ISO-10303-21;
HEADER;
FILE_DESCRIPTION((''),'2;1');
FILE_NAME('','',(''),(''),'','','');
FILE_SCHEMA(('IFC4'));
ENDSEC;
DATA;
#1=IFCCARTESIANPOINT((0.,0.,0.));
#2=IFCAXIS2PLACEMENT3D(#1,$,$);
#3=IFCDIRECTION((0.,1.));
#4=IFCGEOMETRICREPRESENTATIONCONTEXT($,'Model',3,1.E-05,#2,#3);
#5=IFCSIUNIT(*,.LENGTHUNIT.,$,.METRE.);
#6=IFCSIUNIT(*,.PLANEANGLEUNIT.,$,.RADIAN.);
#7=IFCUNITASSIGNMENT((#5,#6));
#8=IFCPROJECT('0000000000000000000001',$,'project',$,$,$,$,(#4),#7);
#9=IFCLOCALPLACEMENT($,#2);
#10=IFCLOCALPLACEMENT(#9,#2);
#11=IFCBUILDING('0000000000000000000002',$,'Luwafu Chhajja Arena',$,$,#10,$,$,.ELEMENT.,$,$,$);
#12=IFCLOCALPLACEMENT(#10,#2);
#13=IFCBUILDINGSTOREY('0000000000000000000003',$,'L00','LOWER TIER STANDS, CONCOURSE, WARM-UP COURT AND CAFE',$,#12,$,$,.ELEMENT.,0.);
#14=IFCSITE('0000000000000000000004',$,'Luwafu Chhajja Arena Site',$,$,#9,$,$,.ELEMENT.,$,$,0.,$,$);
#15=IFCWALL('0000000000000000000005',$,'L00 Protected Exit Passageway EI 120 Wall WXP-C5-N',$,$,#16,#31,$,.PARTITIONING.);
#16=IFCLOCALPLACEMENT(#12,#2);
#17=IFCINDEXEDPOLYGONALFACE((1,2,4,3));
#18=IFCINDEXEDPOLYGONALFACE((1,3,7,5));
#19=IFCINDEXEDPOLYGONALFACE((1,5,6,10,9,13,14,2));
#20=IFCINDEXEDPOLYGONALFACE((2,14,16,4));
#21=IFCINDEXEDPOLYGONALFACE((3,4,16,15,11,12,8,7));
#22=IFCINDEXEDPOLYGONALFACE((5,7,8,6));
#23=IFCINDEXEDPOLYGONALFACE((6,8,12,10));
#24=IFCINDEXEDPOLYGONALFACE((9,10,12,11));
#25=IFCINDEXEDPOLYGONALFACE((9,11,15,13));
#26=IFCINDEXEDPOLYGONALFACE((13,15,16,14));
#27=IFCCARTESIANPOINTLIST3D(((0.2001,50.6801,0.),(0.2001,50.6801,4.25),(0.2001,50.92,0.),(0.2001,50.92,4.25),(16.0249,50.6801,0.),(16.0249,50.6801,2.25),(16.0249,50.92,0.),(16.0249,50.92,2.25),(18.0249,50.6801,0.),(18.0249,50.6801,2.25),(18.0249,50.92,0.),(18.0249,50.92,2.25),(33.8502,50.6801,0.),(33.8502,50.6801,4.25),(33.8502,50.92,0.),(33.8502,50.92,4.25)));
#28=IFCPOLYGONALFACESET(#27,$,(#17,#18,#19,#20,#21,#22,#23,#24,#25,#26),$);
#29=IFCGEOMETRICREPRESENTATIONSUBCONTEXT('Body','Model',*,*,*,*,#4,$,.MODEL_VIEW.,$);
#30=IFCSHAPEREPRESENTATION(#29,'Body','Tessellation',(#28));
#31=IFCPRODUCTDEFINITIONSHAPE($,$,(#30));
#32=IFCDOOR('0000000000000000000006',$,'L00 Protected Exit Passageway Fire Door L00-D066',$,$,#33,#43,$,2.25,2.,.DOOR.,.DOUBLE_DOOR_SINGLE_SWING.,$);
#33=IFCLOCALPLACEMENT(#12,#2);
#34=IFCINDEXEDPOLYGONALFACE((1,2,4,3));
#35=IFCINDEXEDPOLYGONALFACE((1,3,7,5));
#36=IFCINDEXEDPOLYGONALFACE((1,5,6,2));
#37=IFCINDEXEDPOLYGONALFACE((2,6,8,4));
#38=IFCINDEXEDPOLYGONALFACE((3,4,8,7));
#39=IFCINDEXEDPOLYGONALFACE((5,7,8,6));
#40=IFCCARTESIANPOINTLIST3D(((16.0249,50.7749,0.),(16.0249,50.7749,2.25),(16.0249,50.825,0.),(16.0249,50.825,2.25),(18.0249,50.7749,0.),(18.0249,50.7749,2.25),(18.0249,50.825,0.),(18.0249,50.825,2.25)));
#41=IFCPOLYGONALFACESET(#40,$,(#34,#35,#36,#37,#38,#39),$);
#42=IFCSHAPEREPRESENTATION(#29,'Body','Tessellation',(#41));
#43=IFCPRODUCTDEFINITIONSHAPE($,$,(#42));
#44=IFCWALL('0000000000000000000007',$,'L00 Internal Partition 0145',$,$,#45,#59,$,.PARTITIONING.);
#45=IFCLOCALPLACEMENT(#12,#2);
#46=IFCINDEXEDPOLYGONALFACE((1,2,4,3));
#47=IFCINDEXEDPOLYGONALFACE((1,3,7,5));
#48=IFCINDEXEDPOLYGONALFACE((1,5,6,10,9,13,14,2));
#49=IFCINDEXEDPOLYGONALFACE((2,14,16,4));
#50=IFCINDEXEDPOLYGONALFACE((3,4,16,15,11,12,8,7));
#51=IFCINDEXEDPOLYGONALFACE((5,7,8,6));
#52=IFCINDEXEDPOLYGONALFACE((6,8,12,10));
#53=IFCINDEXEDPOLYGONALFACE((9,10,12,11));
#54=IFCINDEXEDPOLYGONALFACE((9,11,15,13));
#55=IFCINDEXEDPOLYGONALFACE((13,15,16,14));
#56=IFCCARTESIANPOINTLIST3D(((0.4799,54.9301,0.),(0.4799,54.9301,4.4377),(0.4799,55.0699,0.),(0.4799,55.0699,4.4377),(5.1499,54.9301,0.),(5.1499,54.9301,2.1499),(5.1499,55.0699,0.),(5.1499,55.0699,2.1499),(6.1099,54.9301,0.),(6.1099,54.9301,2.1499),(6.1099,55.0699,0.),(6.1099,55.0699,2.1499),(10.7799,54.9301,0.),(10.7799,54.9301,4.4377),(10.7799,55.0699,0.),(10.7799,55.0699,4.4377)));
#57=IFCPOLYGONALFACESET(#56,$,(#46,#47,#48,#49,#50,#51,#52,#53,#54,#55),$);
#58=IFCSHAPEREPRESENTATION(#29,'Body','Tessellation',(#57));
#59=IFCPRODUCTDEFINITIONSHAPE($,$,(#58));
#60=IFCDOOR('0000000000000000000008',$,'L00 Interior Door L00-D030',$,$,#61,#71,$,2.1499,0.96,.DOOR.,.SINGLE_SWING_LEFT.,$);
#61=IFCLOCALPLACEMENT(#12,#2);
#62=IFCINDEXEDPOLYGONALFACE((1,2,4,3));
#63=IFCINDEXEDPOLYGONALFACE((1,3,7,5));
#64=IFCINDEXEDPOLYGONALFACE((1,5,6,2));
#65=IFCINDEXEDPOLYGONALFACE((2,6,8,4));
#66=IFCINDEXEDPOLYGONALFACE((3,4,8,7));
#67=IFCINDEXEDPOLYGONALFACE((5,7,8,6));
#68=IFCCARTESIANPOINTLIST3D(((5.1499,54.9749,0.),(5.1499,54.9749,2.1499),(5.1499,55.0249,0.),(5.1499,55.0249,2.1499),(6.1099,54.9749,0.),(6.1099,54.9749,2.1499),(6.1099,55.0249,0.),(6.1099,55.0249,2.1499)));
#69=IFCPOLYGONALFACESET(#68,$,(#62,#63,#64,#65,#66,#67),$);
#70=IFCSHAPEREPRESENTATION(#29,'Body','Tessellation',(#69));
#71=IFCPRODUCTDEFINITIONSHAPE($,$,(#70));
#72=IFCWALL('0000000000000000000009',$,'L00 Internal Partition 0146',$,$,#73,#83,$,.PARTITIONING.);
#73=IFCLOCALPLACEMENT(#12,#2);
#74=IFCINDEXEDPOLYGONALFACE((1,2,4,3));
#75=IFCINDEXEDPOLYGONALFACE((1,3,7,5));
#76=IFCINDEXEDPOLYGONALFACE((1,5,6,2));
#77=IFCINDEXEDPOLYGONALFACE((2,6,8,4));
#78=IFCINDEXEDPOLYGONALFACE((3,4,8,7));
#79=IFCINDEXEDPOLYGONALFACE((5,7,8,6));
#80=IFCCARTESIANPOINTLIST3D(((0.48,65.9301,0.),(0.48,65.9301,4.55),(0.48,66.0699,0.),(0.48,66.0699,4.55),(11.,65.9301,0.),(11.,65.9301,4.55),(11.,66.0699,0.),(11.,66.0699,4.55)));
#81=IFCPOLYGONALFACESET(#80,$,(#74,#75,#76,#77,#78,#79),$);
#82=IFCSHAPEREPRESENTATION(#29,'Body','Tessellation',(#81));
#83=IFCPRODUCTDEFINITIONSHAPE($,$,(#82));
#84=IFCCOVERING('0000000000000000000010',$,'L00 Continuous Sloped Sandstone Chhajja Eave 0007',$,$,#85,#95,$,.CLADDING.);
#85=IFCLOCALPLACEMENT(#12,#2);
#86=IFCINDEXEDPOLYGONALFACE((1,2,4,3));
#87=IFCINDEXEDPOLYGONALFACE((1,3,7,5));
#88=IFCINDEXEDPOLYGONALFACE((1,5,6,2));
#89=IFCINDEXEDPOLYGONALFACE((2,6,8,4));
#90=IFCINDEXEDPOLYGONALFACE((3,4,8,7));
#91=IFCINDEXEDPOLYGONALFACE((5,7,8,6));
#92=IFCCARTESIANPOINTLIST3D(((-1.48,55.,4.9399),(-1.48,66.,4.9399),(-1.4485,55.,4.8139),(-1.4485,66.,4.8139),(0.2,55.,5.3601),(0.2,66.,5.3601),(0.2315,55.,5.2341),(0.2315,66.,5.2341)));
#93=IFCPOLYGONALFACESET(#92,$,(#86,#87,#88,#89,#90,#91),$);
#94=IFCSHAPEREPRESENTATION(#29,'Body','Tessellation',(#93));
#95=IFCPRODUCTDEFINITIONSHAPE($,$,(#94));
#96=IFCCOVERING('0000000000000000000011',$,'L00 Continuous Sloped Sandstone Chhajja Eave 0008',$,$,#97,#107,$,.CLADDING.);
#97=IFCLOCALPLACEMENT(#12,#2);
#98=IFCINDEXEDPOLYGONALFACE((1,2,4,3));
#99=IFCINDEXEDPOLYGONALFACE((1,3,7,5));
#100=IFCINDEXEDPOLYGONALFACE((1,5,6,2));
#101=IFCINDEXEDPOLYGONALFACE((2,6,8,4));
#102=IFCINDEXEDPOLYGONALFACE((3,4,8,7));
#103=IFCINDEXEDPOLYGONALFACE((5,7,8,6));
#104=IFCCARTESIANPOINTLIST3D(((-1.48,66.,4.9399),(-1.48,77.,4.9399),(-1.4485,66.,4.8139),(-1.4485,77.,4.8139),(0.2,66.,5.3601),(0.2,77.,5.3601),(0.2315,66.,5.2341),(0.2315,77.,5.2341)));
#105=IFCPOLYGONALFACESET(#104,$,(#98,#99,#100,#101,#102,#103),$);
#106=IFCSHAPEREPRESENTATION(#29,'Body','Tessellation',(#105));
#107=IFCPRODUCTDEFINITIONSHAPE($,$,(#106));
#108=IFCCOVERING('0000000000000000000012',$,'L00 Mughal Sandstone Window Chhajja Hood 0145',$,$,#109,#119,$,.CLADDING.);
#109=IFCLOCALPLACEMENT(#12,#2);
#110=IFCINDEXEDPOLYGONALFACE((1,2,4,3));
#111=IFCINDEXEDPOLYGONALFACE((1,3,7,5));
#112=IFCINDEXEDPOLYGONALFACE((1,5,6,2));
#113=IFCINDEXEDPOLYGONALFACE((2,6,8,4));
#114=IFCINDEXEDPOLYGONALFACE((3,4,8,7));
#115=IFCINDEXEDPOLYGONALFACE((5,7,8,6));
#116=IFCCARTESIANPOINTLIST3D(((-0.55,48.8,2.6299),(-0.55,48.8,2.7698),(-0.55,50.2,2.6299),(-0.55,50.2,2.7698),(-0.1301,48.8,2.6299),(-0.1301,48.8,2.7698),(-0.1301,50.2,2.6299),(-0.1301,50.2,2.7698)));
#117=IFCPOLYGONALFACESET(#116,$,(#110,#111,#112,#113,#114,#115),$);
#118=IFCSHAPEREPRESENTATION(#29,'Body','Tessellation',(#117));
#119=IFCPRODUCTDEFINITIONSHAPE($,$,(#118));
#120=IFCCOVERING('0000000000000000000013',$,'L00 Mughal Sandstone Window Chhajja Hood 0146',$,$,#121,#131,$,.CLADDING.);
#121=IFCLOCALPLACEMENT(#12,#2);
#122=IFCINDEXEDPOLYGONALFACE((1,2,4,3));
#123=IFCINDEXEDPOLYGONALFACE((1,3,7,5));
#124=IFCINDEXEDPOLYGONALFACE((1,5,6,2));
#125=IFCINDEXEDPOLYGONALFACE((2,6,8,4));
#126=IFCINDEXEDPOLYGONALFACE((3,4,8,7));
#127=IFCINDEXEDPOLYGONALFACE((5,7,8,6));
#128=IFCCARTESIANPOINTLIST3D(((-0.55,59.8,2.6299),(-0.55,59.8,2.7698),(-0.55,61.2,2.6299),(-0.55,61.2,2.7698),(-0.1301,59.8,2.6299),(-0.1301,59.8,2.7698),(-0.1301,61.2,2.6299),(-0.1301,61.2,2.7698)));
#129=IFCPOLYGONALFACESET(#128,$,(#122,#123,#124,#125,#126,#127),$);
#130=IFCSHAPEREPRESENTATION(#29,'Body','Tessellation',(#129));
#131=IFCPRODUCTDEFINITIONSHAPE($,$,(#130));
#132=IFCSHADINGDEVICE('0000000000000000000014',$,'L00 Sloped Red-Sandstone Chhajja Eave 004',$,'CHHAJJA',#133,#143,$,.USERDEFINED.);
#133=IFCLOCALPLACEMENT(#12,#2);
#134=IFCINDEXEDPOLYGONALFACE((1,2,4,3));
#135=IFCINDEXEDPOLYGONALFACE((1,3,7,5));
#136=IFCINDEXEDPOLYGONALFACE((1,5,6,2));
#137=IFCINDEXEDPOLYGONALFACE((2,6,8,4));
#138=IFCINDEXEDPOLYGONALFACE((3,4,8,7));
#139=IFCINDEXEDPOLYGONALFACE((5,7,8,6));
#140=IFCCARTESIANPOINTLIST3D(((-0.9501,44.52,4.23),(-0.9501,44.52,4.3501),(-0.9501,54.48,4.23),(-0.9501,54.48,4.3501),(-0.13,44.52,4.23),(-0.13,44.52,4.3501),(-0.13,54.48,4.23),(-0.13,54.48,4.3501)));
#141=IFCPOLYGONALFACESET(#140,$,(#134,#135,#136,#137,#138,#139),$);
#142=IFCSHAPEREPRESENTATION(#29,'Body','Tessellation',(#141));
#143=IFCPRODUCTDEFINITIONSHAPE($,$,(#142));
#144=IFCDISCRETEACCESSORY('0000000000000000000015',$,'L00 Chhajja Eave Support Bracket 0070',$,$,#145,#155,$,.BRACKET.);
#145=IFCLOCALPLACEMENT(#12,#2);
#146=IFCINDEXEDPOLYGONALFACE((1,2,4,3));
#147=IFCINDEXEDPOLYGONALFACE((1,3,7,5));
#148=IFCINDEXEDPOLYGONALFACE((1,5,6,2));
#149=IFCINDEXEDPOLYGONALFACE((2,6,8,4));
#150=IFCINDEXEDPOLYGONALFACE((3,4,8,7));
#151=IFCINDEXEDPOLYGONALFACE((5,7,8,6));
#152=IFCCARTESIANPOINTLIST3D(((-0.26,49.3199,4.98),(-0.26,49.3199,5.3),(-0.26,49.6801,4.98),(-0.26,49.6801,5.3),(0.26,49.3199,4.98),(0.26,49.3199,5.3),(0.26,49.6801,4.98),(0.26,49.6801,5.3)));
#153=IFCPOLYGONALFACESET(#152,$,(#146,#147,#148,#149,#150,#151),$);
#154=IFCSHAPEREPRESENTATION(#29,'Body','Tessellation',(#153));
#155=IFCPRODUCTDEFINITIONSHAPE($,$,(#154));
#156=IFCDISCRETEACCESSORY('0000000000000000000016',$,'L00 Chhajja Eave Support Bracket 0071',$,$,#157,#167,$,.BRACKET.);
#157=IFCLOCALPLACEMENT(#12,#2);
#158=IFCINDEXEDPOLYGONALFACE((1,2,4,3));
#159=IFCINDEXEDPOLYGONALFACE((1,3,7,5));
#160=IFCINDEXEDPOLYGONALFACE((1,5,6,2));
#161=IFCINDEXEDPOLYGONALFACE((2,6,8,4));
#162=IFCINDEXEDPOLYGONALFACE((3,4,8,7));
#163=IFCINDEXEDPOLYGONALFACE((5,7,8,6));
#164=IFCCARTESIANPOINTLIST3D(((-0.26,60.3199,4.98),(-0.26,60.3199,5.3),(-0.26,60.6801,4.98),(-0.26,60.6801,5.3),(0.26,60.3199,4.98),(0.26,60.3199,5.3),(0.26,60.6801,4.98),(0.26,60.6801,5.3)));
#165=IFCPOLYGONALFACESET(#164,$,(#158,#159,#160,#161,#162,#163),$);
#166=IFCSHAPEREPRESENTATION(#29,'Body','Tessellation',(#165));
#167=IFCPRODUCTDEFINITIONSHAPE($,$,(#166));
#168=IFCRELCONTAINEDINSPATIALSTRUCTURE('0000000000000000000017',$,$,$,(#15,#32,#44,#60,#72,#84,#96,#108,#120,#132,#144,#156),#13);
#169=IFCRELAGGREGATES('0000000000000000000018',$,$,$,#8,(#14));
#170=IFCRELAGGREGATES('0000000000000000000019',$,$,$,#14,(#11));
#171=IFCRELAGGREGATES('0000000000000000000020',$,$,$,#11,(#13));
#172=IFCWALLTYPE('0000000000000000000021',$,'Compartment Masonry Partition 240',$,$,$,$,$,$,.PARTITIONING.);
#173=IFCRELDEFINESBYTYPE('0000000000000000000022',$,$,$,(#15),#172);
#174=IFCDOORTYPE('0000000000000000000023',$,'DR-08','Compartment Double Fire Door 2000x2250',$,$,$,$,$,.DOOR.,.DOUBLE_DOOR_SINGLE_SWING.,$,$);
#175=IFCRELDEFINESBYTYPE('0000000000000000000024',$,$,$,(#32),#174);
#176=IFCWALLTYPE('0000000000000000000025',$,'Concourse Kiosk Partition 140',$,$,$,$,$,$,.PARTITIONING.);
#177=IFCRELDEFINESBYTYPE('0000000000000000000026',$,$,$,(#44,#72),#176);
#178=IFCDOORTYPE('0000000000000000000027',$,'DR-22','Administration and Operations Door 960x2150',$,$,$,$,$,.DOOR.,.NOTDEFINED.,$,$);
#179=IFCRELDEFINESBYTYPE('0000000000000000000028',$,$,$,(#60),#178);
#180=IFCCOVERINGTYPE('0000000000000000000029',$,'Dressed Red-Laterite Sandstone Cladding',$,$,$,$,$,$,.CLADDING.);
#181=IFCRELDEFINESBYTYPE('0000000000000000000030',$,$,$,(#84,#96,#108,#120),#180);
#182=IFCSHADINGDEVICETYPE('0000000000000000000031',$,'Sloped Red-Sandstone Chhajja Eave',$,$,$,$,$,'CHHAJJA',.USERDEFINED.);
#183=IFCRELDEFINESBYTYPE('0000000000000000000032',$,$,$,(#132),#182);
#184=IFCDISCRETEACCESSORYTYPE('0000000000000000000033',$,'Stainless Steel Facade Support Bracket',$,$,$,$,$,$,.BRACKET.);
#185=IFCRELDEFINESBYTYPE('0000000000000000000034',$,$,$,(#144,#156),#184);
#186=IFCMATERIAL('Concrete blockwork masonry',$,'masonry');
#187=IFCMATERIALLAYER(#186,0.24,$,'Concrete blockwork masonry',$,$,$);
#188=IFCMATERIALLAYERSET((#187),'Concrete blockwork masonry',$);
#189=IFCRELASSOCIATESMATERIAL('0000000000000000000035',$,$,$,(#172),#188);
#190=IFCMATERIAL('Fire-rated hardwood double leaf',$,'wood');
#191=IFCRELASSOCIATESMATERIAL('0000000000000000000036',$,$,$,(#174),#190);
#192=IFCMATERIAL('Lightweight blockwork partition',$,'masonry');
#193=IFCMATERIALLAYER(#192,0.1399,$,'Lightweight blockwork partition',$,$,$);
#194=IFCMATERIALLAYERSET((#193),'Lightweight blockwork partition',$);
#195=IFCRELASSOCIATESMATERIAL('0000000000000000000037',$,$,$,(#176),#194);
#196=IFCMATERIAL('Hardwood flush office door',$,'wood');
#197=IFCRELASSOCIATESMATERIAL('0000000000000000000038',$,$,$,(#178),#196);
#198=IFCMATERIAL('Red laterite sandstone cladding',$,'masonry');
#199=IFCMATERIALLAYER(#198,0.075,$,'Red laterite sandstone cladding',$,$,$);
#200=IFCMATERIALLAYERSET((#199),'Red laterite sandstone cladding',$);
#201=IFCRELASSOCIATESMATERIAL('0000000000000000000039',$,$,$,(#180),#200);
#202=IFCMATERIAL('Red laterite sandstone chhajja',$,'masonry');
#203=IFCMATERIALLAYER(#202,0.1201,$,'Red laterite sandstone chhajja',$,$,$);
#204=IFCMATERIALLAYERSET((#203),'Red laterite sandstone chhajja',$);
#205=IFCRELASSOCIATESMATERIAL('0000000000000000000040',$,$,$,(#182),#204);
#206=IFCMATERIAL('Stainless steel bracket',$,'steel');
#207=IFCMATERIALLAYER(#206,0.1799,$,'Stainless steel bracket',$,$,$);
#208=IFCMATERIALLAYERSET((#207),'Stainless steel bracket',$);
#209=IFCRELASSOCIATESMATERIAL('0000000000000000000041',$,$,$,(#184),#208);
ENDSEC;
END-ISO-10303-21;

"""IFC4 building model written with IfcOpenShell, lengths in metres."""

from ifc_helpers import new_model, si_unit, direction, frame, frame_2d, origin, origin_2d, place, context, subcontext, project, spatial, polyline, rectangle, outline, extrude, material, layer, layer_set, type_object, element, fill, save


model = new_model("IFC4")

# Units and contexts
model_context = context("Model", 3, precision=1e-05, world=origin(), true_north=direction((0.0, 1.0)))
body_context = subcontext(model_context, "Body", "Model", "MODEL_VIEW")
ifc_project = project(units=[si_unit("LENGTHUNIT", "METRE"), si_unit("PLANEANGLEUNIT", "RADIAN")], contexts=[model_context])

# Site, building, storey
site_placement = place(None, origin())
site = spatial("IfcSite", under=ifc_project, at=site_placement, Name="Luwafu Chhajja Arena Site", CompositionType="ELEMENT", RefElevation=0.0)
building_placement = place(site_placement, origin())
building = spatial("IfcBuilding", under=site, at=building_placement, Name="Luwafu Chhajja Arena", CompositionType="ELEMENT")
storey_placement = place(building_placement, origin())
storey = spatial("IfcBuildingStorey", under=building, at=storey_placement, Name="L00", Description="LOWER TIER STANDS, CONCOURSE, WARM-UP COURT AND CAFE", CompositionType="ELEMENT", Elevation=0.0)

# Shared definitions
ifc_material_1 = material(Name="Concrete blockwork masonry", Category="masonry")
ifc_layer_1 = layer(ifc_material_1, 0.24, Name="Concrete blockwork masonry")
ifc_layer_set_1 = layer_set([ifc_layer_1], Name="Concrete blockwork masonry")
wall_type_1 = type_object("IfcWallType", Name="Compartment Masonry Partition 240", PredefinedType="PARTITIONING", material=ifc_layer_set_1)

# Walls, openings, doors
wall_1_placement = place(storey_placement, frame((0.2, 50.8, 0.0), z_axis=(0.0, 0.0, 1.0), x_axis=(1.0, 0.0, 0.0)))
wall_1 = element("IfcWall", 1, at=wall_1_placement, inside=storey, type_object=wall_type_1, Name="L00 Protected Exit Passageway EI 120 Wall WXP-C5-N", PredefinedType="PARTITIONING", context=body_context, shape_type="SweptSolid", body=[
    extrude(rectangle(XDim=33.6501, YDim=0.24, at=frame_2d((16.8252, 0.0))), origin(), (0.0, 0.0, 1.0), 4.25),
])
opening_1_placement = place(wall_1_placement, frame((15.825, 0.0, 0.0)))
opening_1 = element("IfcOpeningElement", 2, at=opening_1_placement, cuts=wall_1, PredefinedType="OPENING", context=body_context, shape_type="SweptSolid", body=[
    extrude(rectangle(XDim=2.0, YDim=2.25, at=frame_2d((1.0, 1.125))), frame((0.0, 0.1299, 0.0), z_axis=(0.0, -1.0, 0.0), x_axis=(1.0, 0.0, 0.0)), (0.0, 0.0, 1.0), 0.26),
])
ifc_material_2 = material(Name="Fire-rated hardwood double leaf", Category="wood")
door_type_1 = type_object("IfcDoorType", Name="DR-08", Description="Compartment Double Fire Door 2000x2250", OperationType="DOUBLE_DOOR_SINGLE_SWING", PredefinedType="DOOR", material=ifc_material_2)
door_1_placement = place(opening_1_placement, origin())
door_1 = element("IfcDoor", 3, at=door_1_placement, inside=storey, type_object=door_type_1, Name="L00 Protected Exit Passageway Fire Door L00-D066", OperationType="DOUBLE_DOOR_SINGLE_SWING", OverallHeight=2.25, OverallWidth=2.0, PredefinedType="DOOR", context=body_context, shape_type="SweptSolid", body=[
    extrude(rectangle(XDim=2.0, YDim=2.25, at=frame_2d((1.0, 1.125))), frame((0.0, 0.0249, 0.0), z_axis=(0.0, -1.0, 0.0), x_axis=(1.0, 0.0, 0.0)), (0.0, 0.0, 1.0), 0.05),
])
fill(opening_1, door_1)
ifc_material_3 = material(Name="Lightweight blockwork partition", Category="masonry")
ifc_layer_2 = layer(ifc_material_3, 0.1399, Name="Lightweight blockwork partition")
ifc_layer_set_2 = layer_set([ifc_layer_2], Name="Lightweight blockwork partition")
wall_type_2 = type_object("IfcWallType", Name="Concourse Kiosk Partition 140", PredefinedType="PARTITIONING", material=ifc_layer_set_2)
wall_2_placement = place(storey_placement, frame((0.48, 55.0, 0.0), z_axis=(0.0, 0.0, 1.0), x_axis=(1.0, 0.0, 0.0)))
wall_2 = element("IfcWall", 4, at=wall_2_placement, inside=storey, type_object=wall_type_2, Name="L00 Internal Partition 0145", PredefinedType="PARTITIONING", context=body_context, shape_type="SweptSolid", body=[
    extrude(rectangle(XDim=10.3, YDim=0.1399, at=frame_2d((5.1499, 0.0))), origin(), (0.0, 0.0, 1.0), 4.4377),
])
opening_2_placement = place(wall_2_placement, frame((4.6699, 0.0, 0.0)))
opening_2 = element("IfcOpeningElement", 5, at=opening_2_placement, cuts=wall_2, PredefinedType="OPENING", context=body_context, shape_type="SweptSolid", body=[
    extrude(rectangle(XDim=0.96, YDim=2.1499, at=frame_2d((0.48, 1.075))), frame((0.0, 0.0798, 0.0), z_axis=(0.0, -1.0, 0.0), x_axis=(1.0, 0.0, 0.0)), (0.0, 0.0, 1.0), 0.1599),
])
ifc_material_4 = material(Name="Hardwood flush office door", Category="wood")
door_type_2 = type_object("IfcDoorType", Name="DR-22", Description="Administration and Operations Door 960x2150", OperationType="NOTDEFINED", PredefinedType="DOOR", material=ifc_material_4)
door_2_placement = place(opening_2_placement, origin())
door_2 = element("IfcDoor", 6, at=door_2_placement, inside=storey, type_object=door_type_2, Name="L00 Interior Door L00-D030", OperationType="SINGLE_SWING_LEFT", OverallHeight=2.1499, OverallWidth=0.96, PredefinedType="DOOR", context=body_context, shape_type="SweptSolid", body=[
    extrude(rectangle(XDim=0.96, YDim=2.1499, at=frame_2d((0.48, 1.075))), frame((0.0, 0.0249, 0.0), z_axis=(0.0, -1.0, 0.0), x_axis=(1.0, 0.0, 0.0)), (0.0, 0.0, 1.0), 0.05),
])
fill(opening_2, door_2)

# Wall
wall_3_placement = place(storey_placement, frame((0.48, 66.0, 0.0), z_axis=(0.0, 0.0, 1.0), x_axis=(1.0, 0.0, 0.0)))
element("IfcWall", 7, at=wall_3_placement, inside=storey, type_object=wall_type_2, Name="L00 Internal Partition 0146", PredefinedType="PARTITIONING", context=body_context, shape_type="SweptSolid", body=[
    extrude(rectangle(XDim=10.52, YDim=0.1399, at=frame_2d((5.26, 0.0))), origin(), (0.0, 0.0, 1.0), 4.55),
])

# Coverings
ifc_material_5 = material(Name="Red laterite sandstone cladding", Category="masonry")
ifc_layer_3 = layer(ifc_material_5, 0.075, Name="Red laterite sandstone cladding")
ifc_layer_set_3 = layer_set([ifc_layer_3], Name="Red laterite sandstone cladding")
covering_type = type_object("IfcCoveringType", Name="Dressed Red-Laterite Sandstone Cladding", PredefinedType="CLADDING", material=ifc_layer_set_3)
for number, where, z_axis, x_axis, name in (
    (8, (0.2, 55.0, 5.3601), (-0.242635, 0.0, 0.970118), (0.0, 1.0, 0.0), "L00 Continuous Sloped Sandstone Chhajja Eave 0007"),
    (9, (0.2, 66.0, 5.3601), (-0.242635, 0.0, 0.970118), (0.0, 1.0, 0.0), "L00 Continuous Sloped Sandstone Chhajja Eave 0008"),
):
    element("IfcCovering", number, at=place(storey_placement, frame(where, z_axis=z_axis, x_axis=x_axis)), inside=storey, type_object=covering_type, Name=name, PredefinedType="CLADDING", context=body_context, shape_type="SweptSolid", body=[
        extrude(outline(polyline([(0.0, 0.0), (11.0, 0.0), (11.0, 1.7317), (0.0, 1.7317), (0.0, 0.0)])), origin(), (0.0, 0.0, -1.0), 0.1299),
    ])
for number, where, z_axis, x_axis, name in (
    (10, (-0.3401, 49.5, 2.6299), (0.0, 0.0, 1.0), (0.0, 1.0, 0.0), "L00 Mughal Sandstone Window Chhajja Hood 0145"),
    (11, (-0.3401, 60.5, 2.6299), (0.0, 0.0, 1.0), (0.0, 1.0, 0.0), "L00 Mughal Sandstone Window Chhajja Hood 0146"),
):
    element("IfcCovering", number, at=place(storey_placement, frame(where, z_axis=z_axis, x_axis=x_axis)), inside=storey, type_object=covering_type, Name=name, PredefinedType="CLADDING", context=body_context, shape_type="SweptSolid", body=[
        extrude(rectangle(XDim=1.3999, YDim=0.4199, at=origin_2d()), origin(), (0.0, 0.0, 1.0), 0.1399),
    ])

# Shading device
ifc_material_6 = material(Name="Red laterite sandstone chhajja", Category="masonry")
ifc_layer_4 = layer(ifc_material_6, 0.1201, Name="Red laterite sandstone chhajja")
ifc_layer_set_4 = layer_set([ifc_layer_4], Name="Red laterite sandstone chhajja")
shading_device_type = type_object("IfcShadingDeviceType", Name="Sloped Red-Sandstone Chhajja Eave", ElementType="CHHAJJA", PredefinedType="USERDEFINED", material=ifc_layer_set_4)
shading_device_placement = place(storey_placement, frame((-0.54, 49.5, 4.23), z_axis=(0.0, 0.0, 1.0), x_axis=(0.0, 1.0, 0.0)))
element("IfcShadingDevice", 12, at=shading_device_placement, inside=storey, type_object=shading_device_type, Name="L00 Sloped Red-Sandstone Chhajja Eave 004", ObjectType="CHHAJJA", PredefinedType="USERDEFINED", context=body_context, shape_type="SweptSolid", body=[
    extrude(rectangle(XDim=9.96, YDim=0.8201, at=origin_2d()), origin(), (0.0, 0.0, 1.0), 0.1201),
])

# Discrete accessories
ifc_material_7 = material(Name="Stainless steel bracket", Category="steel")
ifc_layer_5 = layer(ifc_material_7, 0.1799, Name="Stainless steel bracket")
ifc_layer_set_5 = layer_set([ifc_layer_5], Name="Stainless steel bracket")
discrete_accessory_type = type_object("IfcDiscreteAccessoryType", Name="Stainless Steel Facade Support Bracket", PredefinedType="BRACKET", material=ifc_layer_set_5)
for number, where, z_axis, x_axis, name in (
    (13, (0.0, 49.5, 4.98), (0.0, 0.0, 1.0), (0.0, 1.0, 0.0), "L00 Chhajja Eave Support Bracket 0070"),
    (14, (0.0, 60.5, 4.98), (0.0, 0.0, 1.0), (0.0, 1.0, 0.0), "L00 Chhajja Eave Support Bracket 0071"),
):
    element("IfcDiscreteAccessory", number, at=place(storey_placement, frame(where, z_axis=z_axis, x_axis=x_axis)), inside=storey, type_object=discrete_accessory_type, Name=name, PredefinedType="BRACKET", context=body_context, shape_type="SweptSolid", body=[
        extrude(rectangle(XDim=0.3601, YDim=0.52, at=origin_2d()), origin(), (0.0, 0.0, 1.0), 0.3201),
    ])

save(model, "model.ifc")
